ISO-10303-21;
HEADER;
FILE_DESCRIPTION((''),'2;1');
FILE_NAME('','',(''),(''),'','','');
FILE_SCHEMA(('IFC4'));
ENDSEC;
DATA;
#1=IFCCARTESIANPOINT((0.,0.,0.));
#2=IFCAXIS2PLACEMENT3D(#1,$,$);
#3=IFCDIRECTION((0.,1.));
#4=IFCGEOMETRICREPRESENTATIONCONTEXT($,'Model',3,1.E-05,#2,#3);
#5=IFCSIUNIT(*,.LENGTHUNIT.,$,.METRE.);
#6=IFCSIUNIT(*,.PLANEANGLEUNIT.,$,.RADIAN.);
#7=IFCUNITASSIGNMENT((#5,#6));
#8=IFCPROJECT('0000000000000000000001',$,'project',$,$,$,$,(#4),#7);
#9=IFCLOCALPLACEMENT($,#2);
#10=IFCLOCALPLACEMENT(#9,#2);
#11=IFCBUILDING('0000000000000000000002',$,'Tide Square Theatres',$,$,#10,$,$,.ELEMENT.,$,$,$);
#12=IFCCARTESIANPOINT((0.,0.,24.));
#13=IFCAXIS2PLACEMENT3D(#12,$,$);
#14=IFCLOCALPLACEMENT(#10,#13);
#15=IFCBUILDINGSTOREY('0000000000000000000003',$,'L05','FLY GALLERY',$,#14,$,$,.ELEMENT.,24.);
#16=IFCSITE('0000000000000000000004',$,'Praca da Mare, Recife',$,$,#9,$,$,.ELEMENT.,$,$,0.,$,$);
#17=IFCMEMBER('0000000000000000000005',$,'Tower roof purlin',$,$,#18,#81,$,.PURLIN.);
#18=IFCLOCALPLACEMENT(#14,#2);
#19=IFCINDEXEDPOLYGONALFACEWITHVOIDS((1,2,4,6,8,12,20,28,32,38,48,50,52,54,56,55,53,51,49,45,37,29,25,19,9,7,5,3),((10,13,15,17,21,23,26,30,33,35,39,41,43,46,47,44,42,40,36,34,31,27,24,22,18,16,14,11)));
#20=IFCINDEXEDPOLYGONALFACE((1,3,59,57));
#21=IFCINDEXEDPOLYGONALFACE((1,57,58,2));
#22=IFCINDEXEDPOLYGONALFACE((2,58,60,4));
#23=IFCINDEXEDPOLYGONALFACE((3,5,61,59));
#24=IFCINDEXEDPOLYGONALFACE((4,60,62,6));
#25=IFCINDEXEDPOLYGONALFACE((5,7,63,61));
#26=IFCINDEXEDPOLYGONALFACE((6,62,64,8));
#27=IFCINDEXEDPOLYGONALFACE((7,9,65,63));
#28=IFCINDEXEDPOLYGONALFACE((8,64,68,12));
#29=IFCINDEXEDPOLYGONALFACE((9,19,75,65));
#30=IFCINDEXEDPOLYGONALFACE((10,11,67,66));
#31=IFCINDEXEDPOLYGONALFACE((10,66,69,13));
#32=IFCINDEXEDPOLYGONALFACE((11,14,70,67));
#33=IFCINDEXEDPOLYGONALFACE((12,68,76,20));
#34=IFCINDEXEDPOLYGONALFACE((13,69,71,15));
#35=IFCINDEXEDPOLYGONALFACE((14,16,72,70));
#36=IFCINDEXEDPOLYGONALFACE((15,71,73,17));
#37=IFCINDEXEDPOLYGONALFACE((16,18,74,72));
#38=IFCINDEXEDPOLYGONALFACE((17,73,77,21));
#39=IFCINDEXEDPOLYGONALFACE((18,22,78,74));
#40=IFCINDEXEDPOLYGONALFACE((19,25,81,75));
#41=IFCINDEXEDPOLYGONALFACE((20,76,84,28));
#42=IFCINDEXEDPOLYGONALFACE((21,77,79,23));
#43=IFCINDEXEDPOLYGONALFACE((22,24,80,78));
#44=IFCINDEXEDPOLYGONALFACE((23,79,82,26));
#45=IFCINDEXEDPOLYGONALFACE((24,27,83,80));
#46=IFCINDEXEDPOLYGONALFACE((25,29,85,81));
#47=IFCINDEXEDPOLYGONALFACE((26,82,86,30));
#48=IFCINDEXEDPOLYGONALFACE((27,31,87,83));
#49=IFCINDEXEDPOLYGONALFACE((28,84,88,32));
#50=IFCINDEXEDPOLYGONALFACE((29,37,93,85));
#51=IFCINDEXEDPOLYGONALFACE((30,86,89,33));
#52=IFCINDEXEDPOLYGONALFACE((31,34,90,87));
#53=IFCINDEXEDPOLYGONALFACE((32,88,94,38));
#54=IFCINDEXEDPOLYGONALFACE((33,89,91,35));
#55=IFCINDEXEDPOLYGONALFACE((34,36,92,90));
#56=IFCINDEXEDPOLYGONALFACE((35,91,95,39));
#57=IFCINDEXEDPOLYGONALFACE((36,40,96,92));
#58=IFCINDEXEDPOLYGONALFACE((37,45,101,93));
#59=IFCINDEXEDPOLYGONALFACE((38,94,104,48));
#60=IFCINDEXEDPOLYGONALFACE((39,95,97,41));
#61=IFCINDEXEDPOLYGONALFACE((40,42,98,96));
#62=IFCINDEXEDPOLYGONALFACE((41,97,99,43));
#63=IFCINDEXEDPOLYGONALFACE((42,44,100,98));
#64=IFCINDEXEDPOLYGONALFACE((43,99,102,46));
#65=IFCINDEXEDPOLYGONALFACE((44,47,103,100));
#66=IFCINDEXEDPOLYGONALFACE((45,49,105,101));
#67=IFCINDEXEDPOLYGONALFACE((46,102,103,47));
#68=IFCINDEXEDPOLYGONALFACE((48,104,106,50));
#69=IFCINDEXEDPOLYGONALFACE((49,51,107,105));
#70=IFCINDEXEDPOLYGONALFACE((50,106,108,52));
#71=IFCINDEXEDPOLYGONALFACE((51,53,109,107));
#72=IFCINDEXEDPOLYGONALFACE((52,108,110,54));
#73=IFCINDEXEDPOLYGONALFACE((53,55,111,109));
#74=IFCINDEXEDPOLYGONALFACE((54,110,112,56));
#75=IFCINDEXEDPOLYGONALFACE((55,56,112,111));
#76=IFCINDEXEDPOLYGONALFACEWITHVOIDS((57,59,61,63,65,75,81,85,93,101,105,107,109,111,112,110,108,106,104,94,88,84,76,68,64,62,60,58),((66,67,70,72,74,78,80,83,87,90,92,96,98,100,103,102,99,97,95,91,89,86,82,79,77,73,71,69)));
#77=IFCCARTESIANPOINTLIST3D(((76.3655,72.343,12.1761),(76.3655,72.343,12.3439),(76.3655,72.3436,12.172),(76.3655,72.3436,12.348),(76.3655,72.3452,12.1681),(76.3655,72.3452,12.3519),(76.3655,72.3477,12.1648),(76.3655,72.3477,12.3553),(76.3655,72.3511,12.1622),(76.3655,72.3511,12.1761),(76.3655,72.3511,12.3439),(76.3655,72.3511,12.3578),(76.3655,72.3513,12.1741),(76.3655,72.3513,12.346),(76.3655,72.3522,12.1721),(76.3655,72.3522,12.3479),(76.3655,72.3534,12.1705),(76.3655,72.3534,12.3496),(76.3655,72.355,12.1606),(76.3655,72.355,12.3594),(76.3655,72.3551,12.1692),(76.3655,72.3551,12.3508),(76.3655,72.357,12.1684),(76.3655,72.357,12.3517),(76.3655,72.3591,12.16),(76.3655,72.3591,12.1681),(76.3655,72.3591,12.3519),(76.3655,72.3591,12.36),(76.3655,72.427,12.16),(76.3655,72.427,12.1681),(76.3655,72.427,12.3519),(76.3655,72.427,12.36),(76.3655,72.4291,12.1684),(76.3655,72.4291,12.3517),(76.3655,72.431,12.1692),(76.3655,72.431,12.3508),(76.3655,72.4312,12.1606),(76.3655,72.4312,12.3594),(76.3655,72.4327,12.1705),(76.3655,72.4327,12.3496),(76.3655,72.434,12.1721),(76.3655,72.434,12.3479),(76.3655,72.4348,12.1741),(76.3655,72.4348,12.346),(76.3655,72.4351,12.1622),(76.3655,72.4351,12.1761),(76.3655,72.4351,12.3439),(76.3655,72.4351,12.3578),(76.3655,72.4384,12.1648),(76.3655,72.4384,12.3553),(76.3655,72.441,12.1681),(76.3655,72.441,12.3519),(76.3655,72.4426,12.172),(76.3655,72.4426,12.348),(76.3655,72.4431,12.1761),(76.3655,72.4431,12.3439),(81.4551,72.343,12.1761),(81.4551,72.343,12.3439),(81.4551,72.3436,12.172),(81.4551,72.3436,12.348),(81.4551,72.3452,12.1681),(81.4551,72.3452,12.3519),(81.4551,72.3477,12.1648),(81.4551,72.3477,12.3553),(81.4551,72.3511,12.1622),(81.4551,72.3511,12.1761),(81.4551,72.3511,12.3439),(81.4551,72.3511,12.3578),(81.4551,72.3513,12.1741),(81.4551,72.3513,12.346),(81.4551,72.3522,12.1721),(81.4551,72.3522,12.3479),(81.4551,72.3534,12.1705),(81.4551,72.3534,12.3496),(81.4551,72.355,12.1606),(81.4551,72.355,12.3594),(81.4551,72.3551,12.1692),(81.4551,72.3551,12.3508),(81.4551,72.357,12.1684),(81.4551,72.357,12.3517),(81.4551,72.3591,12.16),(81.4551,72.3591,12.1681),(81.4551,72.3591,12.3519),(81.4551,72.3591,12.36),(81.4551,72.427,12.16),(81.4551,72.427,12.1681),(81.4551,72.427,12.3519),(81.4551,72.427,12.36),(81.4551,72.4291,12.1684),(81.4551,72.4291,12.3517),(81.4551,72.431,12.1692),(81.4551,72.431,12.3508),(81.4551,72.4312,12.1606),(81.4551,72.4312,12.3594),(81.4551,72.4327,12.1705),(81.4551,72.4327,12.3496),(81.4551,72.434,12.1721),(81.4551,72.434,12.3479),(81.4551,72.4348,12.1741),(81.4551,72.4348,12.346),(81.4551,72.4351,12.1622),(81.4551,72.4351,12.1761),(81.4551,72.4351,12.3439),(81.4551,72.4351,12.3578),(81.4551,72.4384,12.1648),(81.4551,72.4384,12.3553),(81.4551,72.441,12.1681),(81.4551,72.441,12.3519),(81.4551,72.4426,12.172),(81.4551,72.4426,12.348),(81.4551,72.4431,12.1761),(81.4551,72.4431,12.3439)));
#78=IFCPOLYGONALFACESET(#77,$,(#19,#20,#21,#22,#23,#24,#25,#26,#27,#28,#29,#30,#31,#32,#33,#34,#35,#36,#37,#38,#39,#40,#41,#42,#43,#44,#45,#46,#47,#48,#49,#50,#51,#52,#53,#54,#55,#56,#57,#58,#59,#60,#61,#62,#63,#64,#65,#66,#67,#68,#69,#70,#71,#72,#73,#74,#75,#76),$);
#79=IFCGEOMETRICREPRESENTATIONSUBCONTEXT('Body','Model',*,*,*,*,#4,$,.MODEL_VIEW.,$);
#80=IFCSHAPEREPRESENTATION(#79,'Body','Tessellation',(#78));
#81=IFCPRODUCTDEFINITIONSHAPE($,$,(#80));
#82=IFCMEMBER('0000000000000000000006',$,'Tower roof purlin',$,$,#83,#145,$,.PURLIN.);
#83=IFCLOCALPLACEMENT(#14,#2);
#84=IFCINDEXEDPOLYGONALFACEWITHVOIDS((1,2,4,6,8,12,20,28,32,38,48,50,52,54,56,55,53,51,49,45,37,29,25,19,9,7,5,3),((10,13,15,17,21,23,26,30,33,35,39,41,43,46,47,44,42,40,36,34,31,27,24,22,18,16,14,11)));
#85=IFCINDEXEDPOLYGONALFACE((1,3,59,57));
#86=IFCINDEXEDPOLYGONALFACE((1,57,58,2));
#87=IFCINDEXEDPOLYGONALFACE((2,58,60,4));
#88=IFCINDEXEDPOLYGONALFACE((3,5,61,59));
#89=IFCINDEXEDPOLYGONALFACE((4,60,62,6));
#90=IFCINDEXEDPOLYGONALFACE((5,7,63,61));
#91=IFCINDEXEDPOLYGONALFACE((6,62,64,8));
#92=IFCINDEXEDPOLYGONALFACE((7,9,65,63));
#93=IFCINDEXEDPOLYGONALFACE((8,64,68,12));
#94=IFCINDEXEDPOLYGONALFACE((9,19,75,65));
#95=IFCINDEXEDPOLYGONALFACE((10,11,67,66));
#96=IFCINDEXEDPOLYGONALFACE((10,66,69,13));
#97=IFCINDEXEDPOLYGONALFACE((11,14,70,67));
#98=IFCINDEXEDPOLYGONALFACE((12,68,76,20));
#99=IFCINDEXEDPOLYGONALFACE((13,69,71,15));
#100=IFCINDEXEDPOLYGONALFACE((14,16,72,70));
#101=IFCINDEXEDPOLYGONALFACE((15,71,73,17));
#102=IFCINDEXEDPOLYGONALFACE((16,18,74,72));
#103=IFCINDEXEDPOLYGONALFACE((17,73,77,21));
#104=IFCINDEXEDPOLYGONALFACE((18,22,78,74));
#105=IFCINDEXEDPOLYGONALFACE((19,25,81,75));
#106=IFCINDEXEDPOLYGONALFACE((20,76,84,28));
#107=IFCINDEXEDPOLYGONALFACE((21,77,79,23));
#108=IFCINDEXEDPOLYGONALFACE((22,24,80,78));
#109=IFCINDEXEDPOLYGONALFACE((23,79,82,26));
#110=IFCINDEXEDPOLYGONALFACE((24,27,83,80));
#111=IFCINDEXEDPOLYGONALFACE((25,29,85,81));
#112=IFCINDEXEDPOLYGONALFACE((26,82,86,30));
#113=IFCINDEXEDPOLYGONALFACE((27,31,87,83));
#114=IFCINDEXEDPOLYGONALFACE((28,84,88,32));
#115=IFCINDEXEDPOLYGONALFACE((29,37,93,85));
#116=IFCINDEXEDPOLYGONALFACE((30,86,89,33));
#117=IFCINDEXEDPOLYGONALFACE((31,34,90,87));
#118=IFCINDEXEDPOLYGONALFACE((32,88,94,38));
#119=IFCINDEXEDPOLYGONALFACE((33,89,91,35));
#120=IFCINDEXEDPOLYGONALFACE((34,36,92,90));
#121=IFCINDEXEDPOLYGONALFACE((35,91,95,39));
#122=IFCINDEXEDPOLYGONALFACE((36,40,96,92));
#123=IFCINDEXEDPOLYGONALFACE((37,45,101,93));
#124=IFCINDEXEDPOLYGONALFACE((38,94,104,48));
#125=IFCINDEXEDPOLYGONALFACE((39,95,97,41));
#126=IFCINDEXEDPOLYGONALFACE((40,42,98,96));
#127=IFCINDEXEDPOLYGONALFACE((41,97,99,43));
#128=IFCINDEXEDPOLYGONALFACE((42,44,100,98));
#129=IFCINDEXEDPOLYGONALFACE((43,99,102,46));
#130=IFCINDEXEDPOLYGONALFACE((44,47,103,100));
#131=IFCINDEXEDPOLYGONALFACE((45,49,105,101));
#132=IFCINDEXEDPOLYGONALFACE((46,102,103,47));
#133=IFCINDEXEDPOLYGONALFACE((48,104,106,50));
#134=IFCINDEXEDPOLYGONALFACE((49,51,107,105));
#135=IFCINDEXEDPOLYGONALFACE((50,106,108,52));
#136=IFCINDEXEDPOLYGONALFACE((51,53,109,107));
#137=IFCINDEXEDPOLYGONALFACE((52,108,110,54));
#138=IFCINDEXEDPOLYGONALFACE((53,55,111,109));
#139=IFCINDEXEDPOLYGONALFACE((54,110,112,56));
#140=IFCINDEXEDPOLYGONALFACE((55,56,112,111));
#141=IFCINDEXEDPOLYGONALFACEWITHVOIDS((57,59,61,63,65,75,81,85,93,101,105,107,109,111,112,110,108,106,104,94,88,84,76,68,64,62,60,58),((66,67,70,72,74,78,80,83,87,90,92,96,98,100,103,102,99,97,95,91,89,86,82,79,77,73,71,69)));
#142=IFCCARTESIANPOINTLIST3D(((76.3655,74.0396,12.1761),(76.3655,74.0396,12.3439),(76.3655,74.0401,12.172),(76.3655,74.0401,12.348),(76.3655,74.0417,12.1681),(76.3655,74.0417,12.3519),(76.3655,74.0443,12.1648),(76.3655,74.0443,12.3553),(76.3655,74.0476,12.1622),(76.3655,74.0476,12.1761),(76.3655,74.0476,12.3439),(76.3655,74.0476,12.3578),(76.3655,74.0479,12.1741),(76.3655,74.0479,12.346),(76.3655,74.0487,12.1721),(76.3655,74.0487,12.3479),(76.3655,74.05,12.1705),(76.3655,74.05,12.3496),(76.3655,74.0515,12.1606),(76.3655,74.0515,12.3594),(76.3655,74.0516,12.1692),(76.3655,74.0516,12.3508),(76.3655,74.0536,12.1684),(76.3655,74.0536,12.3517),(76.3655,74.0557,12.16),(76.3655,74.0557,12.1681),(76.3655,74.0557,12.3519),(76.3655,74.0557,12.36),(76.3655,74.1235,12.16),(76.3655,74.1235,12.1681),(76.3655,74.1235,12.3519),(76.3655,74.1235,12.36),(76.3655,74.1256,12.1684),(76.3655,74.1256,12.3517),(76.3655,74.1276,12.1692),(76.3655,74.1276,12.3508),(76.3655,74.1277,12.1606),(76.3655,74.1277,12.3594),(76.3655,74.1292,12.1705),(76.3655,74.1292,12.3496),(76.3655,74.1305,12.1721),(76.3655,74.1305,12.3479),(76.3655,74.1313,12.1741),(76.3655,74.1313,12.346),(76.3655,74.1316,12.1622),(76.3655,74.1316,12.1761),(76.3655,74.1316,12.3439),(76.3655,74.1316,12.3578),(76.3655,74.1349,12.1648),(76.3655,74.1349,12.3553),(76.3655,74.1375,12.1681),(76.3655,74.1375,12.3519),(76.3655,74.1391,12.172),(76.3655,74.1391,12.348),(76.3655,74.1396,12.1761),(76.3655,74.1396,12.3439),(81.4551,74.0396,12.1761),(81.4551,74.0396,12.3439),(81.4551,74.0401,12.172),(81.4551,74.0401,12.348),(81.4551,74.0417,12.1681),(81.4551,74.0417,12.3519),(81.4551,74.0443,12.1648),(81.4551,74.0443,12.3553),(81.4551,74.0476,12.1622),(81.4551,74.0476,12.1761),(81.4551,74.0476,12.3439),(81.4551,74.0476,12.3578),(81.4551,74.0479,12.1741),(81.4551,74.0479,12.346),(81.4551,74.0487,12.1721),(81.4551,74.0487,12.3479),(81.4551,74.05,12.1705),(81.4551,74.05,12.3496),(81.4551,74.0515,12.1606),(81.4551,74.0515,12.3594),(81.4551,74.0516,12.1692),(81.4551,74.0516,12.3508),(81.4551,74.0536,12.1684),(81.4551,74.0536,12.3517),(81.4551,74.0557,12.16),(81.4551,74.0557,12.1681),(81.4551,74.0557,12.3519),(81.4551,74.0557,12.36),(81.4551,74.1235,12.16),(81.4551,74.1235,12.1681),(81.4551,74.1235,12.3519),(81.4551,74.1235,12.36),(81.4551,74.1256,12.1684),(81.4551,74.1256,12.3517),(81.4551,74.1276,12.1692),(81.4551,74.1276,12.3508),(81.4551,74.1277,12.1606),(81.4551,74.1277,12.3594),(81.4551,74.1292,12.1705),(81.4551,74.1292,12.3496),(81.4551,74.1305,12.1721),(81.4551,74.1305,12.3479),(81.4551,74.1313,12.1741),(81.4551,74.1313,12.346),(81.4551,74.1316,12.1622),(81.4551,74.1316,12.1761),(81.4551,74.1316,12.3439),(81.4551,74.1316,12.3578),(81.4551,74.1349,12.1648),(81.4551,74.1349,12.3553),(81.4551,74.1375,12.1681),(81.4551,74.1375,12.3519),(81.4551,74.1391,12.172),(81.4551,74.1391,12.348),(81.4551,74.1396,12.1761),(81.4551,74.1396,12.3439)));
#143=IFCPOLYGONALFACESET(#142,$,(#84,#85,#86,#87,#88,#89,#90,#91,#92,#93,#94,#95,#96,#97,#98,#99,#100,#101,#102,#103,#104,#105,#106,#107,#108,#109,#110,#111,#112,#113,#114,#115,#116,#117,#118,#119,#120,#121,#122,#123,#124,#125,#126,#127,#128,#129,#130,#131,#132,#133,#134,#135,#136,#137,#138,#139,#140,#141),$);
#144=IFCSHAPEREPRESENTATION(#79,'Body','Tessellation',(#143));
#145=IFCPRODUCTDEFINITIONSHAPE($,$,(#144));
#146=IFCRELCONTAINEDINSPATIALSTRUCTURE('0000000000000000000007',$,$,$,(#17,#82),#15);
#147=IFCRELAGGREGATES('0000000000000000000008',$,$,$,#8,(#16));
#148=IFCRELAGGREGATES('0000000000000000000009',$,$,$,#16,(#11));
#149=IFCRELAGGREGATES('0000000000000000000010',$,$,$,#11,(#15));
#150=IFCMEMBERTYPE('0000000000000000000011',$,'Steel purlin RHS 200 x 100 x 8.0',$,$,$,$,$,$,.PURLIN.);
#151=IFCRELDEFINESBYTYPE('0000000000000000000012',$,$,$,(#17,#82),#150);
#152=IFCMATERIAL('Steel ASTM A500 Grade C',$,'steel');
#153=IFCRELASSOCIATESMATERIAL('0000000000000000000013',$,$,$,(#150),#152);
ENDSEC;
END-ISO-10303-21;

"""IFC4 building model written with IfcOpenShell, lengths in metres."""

from ifc_helpers import new_model, si_unit, direction, frame, origin, origin_2d, place, context, subcontext, project, spatial, hollow_rectangle, extrude, material, material_profile, profile_set, type_object, element, save


model = new_model("IFC4")

# Units and contexts
model_context = context("Model", 3, precision=1e-05, world=origin(), true_north=direction((0.0, 1.0)))
body_context = subcontext(model_context, "Body", "Model", "MODEL_VIEW")
ifc_project = project(units=[si_unit("LENGTHUNIT", "METRE"), si_unit("PLANEANGLEUNIT", "RADIAN")], contexts=[model_context])

# Site, building, storey
site_placement = place(None, origin())
site = spatial("IfcSite", under=ifc_project, at=site_placement, Name="Praca da Mare, Recife", CompositionType="ELEMENT", RefElevation=0.0)
building_placement = place(site_placement, origin())
building = spatial("IfcBuilding", under=site, at=building_placement, Name="Tide Square Theatres", CompositionType="ELEMENT")
storey_placement = place(building_placement, frame((0.0, 0.0, 24.0)))
storey = spatial("IfcBuildingStorey", under=building, at=storey_placement, Name="L05", Description="FLY GALLERY", CompositionType="ELEMENT", Elevation=24.0)

# Members
ifc_material_1 = material(Name="Steel ASTM A500 Grade C", Category="steel")
ifc_material_profile_1 = material_profile(ifc_material_1, hollow_rectangle(XDim=0.1001, YDim=0.2, WallThickness=0.0081, InnerFilletRadius=0.0081, OuterFilletRadius=0.0161, at=origin_2d()))
ifc_profile_set_1 = profile_set([ifc_material_profile_1], Name="Steel ASTM A500 Grade C")
member_type = type_object("IfcMemberType", Name="Steel purlin RHS 200 x 100 x 8.0", PredefinedType="PURLIN", material=ifc_profile_set_1)
for number, where, z_axis, x_axis, name in (
    (1, (76.3655, 72.3931, 12.26), (1.0, 0.0, 0.0), (0.0, 1.0, 0.0), "Tower roof purlin"),
    (2, (76.3655, 74.0896, 12.26), (1.0, 0.0, 0.0), (0.0, 1.0, 0.0), "Tower roof purlin"),
):
    element("IfcMember", number, at=place(storey_placement, frame(where, z_axis=z_axis, x_axis=x_axis)), inside=storey, type_object=member_type, Name=name, PredefinedType="PURLIN", context=body_context, shape_type="SweptSolid", body=[
        extrude(hollow_rectangle(XDim=0.1001, YDim=0.2, WallThickness=0.0081, InnerFilletRadius=0.0081, OuterFilletRadius=0.0161, at=origin_2d()), origin(), (0.0, 0.0, 1.0), 5.0896),
    ])

save(model, "model.ifc")
